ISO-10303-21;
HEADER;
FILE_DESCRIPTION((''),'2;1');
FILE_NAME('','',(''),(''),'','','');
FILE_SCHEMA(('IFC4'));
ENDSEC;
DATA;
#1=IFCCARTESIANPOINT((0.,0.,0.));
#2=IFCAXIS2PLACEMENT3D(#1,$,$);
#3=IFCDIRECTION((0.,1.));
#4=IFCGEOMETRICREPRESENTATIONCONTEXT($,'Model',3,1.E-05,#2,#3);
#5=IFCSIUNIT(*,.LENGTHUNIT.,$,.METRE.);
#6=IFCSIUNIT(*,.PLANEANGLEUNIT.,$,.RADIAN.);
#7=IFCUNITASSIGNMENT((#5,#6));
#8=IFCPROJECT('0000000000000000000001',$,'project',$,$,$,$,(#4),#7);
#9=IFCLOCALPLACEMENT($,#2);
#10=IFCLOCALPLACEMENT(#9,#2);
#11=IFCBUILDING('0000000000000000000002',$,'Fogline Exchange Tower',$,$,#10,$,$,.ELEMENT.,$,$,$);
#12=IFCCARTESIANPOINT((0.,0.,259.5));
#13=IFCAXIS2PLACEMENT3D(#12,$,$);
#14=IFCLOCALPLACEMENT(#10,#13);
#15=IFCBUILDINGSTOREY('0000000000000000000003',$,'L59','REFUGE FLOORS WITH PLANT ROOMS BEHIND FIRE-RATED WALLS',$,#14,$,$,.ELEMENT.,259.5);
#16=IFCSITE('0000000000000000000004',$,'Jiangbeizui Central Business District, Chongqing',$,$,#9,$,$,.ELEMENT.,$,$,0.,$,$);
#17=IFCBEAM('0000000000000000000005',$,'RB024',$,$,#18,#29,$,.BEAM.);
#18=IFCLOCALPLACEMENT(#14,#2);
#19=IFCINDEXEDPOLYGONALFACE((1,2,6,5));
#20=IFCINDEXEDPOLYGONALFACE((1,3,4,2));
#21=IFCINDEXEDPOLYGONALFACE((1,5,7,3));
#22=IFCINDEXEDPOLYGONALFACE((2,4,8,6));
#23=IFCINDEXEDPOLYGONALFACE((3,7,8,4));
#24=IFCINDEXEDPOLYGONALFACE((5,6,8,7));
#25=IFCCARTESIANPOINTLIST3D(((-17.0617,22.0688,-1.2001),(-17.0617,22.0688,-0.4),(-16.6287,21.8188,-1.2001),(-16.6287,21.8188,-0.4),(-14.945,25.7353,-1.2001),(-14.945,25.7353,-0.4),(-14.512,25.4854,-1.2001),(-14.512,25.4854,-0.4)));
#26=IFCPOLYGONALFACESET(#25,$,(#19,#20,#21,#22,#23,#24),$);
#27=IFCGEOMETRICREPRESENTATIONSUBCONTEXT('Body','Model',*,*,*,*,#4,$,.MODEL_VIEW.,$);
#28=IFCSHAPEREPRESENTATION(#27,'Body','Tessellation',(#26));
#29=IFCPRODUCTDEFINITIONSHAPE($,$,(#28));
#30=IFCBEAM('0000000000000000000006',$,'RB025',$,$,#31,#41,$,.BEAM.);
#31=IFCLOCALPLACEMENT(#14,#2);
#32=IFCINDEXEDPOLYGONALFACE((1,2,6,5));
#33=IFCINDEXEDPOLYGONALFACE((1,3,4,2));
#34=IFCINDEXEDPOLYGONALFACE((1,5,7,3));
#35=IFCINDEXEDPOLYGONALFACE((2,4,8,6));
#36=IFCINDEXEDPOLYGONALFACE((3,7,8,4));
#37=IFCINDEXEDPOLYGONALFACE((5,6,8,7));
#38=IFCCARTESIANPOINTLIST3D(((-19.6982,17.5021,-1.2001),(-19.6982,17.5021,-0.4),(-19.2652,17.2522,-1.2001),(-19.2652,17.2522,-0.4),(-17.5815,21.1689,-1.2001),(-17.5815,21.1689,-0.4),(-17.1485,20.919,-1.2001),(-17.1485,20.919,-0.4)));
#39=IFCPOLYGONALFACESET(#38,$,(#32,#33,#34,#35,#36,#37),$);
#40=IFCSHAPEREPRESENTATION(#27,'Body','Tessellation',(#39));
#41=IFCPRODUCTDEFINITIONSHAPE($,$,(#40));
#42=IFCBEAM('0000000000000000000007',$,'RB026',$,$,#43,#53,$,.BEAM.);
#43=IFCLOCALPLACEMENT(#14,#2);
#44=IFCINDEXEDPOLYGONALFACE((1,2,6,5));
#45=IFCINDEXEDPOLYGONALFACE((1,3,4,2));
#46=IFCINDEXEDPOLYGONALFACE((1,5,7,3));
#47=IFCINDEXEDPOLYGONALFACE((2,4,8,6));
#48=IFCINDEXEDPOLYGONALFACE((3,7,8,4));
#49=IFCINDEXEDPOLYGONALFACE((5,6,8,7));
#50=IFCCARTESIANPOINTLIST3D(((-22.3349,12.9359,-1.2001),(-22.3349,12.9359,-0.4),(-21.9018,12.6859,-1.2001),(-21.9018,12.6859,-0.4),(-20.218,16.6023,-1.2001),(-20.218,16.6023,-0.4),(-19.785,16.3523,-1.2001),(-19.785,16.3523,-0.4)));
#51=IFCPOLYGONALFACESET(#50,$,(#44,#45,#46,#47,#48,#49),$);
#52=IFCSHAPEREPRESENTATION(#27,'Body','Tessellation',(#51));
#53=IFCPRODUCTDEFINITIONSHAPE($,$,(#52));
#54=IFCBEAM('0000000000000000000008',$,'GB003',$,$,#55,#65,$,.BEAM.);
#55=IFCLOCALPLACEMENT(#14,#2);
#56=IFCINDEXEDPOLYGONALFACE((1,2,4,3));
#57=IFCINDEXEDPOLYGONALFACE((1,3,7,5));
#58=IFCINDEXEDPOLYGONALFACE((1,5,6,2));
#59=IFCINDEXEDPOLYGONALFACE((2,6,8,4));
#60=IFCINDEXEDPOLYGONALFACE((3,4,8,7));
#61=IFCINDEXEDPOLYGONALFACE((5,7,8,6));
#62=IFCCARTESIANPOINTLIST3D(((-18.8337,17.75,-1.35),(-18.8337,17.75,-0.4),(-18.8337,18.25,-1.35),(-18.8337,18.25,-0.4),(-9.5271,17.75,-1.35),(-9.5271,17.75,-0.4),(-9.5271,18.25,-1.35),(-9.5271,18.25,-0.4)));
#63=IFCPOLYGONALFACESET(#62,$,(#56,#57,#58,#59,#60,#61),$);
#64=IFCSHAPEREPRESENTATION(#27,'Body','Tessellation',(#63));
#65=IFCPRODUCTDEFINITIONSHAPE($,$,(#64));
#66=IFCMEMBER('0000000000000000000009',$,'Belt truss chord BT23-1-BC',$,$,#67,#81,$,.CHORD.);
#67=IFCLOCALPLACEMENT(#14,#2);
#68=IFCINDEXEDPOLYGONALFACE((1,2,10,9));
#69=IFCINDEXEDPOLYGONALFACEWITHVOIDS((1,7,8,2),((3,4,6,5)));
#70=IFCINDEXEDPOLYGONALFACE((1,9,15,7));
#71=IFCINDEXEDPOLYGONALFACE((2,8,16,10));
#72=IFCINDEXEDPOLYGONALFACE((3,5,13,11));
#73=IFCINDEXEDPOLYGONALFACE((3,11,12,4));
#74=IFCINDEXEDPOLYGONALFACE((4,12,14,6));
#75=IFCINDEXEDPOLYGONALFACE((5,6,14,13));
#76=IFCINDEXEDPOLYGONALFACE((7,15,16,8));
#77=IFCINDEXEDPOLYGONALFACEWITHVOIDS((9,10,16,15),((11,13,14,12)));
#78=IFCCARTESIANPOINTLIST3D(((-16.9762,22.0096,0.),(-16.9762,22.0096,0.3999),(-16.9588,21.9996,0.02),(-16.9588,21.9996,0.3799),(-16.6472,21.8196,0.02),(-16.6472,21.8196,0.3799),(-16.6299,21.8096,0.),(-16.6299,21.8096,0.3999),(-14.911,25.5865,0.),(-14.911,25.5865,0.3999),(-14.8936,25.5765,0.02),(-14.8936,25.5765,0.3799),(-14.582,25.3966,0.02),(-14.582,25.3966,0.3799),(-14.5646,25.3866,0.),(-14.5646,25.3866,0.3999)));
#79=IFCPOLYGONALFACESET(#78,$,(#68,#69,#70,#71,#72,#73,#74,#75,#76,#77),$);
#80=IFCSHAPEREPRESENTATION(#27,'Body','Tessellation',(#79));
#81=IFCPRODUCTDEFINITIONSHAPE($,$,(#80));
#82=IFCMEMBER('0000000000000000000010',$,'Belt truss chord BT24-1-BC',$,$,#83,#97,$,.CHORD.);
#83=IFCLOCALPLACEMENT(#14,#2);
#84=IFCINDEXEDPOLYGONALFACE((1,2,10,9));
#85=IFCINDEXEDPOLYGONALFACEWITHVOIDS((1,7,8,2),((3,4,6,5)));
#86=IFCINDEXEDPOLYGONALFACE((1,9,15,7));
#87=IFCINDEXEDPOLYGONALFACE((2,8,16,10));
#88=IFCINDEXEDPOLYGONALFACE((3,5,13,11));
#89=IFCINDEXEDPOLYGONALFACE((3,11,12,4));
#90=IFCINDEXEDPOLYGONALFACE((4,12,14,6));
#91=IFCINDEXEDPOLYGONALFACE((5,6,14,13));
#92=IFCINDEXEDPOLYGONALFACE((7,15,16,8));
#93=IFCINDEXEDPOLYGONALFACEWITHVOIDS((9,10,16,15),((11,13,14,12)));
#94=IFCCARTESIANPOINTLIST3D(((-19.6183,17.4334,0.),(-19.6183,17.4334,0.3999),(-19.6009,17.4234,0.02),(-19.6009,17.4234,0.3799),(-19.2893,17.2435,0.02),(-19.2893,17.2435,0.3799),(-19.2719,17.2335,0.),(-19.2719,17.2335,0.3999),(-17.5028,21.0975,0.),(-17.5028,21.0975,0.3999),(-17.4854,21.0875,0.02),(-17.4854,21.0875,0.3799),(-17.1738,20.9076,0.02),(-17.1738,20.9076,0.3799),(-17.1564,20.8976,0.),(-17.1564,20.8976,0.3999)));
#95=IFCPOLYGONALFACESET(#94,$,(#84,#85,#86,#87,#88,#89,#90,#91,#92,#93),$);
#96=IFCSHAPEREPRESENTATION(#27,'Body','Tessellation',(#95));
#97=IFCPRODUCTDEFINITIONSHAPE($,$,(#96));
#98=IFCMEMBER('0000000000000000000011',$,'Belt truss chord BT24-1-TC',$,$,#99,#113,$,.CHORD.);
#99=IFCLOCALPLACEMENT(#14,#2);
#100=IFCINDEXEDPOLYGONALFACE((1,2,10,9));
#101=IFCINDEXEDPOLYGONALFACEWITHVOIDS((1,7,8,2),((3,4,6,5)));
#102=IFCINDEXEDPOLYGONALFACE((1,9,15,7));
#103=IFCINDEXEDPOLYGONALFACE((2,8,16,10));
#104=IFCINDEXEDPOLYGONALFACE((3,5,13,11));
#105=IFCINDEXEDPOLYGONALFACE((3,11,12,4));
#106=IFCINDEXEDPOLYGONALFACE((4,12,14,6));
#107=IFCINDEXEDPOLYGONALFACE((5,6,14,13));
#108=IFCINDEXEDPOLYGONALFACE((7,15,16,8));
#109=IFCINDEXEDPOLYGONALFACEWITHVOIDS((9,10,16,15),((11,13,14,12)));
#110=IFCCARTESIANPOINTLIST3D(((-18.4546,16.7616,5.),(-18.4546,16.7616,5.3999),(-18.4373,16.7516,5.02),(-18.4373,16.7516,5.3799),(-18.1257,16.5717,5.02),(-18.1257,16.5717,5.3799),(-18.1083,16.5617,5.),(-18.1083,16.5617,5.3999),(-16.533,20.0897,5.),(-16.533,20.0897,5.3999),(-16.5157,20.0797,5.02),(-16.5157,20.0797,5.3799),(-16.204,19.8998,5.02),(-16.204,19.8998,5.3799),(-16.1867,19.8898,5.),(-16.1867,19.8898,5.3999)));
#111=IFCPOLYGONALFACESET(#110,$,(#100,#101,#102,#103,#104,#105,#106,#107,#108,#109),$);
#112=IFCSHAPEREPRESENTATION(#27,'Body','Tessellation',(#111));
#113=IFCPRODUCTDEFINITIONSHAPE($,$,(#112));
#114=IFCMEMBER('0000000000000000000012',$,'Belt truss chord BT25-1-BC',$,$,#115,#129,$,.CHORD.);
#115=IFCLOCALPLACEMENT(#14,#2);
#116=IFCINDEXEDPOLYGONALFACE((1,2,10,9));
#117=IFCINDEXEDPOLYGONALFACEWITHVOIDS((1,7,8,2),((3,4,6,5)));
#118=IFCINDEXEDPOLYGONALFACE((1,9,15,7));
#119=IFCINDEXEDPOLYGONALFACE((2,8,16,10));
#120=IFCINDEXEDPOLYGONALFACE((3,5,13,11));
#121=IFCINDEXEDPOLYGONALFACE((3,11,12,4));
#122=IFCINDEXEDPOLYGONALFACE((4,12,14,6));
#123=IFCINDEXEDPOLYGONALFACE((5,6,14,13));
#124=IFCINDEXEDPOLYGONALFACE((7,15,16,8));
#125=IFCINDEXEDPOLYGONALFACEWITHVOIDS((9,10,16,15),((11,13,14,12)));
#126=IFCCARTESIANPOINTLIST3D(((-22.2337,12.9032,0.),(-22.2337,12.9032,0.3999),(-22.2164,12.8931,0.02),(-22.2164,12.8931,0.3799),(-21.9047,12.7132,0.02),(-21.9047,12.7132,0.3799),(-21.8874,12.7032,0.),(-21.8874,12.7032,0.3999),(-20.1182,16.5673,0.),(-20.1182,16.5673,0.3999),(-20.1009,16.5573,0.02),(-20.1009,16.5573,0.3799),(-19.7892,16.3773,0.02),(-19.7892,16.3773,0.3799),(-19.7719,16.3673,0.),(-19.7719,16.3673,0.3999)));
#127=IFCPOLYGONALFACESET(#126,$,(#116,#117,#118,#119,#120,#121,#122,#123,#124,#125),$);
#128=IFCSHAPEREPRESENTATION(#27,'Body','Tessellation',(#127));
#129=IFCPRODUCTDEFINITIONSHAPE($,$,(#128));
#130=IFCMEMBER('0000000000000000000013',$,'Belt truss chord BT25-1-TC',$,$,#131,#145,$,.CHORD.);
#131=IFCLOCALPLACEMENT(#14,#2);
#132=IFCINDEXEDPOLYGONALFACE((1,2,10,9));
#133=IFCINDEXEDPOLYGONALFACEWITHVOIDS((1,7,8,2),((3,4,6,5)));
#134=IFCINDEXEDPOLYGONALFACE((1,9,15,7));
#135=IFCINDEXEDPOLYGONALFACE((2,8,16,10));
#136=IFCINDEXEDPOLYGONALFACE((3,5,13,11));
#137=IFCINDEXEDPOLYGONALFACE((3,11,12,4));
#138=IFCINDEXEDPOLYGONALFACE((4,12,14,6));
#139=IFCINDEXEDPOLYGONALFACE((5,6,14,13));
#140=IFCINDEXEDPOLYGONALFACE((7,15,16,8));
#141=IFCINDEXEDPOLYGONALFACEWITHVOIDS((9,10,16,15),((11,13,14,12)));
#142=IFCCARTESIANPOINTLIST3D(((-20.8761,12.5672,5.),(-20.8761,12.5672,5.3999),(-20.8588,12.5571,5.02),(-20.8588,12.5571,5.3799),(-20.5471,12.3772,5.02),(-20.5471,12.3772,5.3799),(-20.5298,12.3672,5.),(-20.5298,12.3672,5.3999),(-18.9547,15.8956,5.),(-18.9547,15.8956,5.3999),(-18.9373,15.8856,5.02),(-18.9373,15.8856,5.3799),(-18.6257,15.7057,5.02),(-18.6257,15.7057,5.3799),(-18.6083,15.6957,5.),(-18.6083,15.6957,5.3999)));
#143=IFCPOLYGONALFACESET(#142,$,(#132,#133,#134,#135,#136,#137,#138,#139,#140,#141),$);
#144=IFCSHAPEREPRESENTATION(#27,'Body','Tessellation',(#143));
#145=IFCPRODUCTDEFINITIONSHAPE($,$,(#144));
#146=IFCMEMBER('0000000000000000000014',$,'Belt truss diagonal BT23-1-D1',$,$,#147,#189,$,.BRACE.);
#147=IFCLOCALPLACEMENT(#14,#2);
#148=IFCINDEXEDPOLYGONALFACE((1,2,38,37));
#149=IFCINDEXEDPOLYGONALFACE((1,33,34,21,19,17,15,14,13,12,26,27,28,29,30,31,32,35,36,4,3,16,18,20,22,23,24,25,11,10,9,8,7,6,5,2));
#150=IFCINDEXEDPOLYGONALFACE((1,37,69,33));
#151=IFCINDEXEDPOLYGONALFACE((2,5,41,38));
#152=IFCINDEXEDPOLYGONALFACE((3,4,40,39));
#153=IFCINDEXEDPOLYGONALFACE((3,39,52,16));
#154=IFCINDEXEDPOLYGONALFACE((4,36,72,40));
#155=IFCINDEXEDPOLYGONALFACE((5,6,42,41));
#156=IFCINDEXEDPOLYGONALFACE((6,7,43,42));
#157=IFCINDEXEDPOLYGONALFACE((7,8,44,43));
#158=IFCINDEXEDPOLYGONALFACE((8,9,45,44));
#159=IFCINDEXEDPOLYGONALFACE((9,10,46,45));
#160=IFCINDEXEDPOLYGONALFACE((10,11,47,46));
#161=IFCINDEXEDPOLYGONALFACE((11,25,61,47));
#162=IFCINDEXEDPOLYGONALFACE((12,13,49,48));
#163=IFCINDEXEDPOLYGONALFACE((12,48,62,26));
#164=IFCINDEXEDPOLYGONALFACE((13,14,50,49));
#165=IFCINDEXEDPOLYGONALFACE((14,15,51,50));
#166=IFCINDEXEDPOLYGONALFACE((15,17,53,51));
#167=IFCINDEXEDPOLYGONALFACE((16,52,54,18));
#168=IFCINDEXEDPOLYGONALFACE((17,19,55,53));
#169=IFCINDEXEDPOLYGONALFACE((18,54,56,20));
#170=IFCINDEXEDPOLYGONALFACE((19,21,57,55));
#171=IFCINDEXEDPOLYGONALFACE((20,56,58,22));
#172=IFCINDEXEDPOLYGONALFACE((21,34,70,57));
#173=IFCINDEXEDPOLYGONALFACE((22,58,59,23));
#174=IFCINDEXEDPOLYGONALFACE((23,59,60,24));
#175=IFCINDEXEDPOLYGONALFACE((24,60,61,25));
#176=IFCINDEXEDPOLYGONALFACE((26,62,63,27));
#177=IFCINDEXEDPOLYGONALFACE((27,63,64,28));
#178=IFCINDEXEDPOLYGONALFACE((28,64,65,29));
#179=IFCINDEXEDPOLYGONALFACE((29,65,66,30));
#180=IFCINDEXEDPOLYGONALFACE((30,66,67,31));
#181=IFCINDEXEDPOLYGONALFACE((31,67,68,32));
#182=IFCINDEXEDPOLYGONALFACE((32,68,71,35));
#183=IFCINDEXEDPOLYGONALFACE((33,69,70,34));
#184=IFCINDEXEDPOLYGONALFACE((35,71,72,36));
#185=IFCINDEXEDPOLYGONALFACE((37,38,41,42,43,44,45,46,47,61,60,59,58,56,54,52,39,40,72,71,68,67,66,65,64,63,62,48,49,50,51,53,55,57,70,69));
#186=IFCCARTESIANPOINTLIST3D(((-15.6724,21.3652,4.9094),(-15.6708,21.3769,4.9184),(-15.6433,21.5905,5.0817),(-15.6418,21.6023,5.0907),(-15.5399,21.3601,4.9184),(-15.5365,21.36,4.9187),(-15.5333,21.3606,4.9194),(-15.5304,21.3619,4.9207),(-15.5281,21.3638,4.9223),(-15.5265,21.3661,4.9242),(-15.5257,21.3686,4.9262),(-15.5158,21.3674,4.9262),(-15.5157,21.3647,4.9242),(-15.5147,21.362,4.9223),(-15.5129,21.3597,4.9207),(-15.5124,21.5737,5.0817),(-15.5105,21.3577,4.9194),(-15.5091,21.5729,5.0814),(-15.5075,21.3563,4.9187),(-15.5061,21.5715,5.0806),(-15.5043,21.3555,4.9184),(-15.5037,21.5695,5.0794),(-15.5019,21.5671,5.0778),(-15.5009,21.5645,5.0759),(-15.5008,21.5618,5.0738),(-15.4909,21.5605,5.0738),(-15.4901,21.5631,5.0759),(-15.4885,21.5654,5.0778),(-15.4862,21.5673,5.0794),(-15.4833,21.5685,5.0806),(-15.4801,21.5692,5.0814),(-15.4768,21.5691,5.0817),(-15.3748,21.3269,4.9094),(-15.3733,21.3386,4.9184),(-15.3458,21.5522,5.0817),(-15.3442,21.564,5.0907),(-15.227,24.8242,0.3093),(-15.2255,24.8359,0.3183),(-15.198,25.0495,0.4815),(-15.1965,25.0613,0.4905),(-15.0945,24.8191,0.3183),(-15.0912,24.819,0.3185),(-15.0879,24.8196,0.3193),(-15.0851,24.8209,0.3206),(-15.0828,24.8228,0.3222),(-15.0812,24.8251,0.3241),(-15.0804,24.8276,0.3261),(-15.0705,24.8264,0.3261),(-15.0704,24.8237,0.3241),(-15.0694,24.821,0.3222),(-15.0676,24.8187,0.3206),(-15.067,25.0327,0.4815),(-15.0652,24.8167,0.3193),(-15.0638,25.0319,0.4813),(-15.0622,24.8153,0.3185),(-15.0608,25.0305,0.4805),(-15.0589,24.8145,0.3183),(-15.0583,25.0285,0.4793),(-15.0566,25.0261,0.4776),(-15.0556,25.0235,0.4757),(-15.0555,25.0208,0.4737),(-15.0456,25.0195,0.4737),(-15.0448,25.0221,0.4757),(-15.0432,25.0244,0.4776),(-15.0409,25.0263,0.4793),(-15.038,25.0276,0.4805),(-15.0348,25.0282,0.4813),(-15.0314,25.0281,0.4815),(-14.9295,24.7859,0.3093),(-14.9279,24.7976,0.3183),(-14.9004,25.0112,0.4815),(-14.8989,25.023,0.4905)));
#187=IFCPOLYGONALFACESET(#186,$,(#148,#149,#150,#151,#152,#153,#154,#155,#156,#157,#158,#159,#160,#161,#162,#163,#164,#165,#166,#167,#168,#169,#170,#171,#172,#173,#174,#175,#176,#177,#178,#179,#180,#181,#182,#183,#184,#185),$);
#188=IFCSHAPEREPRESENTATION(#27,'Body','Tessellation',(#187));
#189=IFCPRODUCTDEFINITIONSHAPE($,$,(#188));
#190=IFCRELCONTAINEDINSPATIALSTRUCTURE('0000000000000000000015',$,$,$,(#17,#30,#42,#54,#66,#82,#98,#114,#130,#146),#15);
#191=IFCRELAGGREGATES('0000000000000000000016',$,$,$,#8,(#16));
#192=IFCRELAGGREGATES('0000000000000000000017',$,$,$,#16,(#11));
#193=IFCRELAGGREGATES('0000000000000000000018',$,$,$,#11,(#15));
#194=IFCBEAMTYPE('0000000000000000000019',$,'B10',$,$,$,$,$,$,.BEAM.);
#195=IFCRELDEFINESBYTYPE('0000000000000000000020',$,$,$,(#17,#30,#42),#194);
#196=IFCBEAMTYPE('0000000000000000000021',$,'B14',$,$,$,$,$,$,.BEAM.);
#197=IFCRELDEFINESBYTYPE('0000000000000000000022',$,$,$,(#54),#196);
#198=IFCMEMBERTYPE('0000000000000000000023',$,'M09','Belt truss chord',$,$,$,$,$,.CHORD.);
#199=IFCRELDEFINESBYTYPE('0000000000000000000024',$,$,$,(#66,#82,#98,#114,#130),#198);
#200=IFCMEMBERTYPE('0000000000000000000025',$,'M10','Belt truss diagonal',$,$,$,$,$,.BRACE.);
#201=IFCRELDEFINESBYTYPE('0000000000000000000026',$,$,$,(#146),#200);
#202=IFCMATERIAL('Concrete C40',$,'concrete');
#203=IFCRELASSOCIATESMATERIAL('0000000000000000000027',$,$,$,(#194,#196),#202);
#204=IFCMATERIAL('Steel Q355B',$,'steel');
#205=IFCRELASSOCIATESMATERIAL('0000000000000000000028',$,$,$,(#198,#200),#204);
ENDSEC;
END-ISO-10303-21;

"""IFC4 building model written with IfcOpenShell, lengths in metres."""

from ifc_helpers import new_model, si_unit, direction, frame, origin, origin_2d, place, context, subcontext, project, spatial, rectangle, hollow_rectangle, i_section, extrude, material, material_profile, profile_set, type_object, element, save


model = new_model("IFC4")

# Units and contexts
model_context = context("Model", 3, precision=1e-05, world=origin(), true_north=direction((0.0, 1.0)))
body_context = subcontext(model_context, "Body", "Model", "MODEL_VIEW")
ifc_project = project(units=[si_unit("LENGTHUNIT", "METRE"), si_unit("PLANEANGLEUNIT", "RADIAN")], contexts=[model_context])

# Site, building, storey
site_placement = place(None, origin())
site = spatial("IfcSite", under=ifc_project, at=site_placement, Name="Jiangbeizui Central Business District, Chongqing", CompositionType="ELEMENT", RefElevation=0.0)
building_placement = place(site_placement, origin())
building = spatial("IfcBuilding", under=site, at=building_placement, Name="Fogline Exchange Tower", CompositionType="ELEMENT")
storey_placement = place(building_placement, frame((0.0, 0.0, 259.5)))
storey = spatial("IfcBuildingStorey", under=building, at=storey_placement, Name="L59", Description="REFUGE FLOORS WITH PLANT ROOMS BEHIND FIRE-RATED WALLS", CompositionType="ELEMENT", Elevation=259.5)

# Beams
ifc_material_1 = material(Name="Concrete C40", Category="concrete")
ifc_material_profile_1 = material_profile(ifc_material_1, rectangle(XDim=0.5, YDim=0.8, at=origin_2d()), Name="RC 500x800")
ifc_profile_set_1 = profile_set([ifc_material_profile_1], Name="Concrete C40")
beam_type_1 = type_object("IfcBeamType", Name="B10", PredefinedType="BEAM", material=ifc_profile_set_1)
beam_1_placement = place(storey_placement, frame((-14.7285, 25.6104, -0.8), z_axis=(-0.499972, -0.866042, 0.0), x_axis=(0.866042, -0.499972, 0.0)))
element("IfcBeam", 1, at=beam_1_placement, inside=storey, type_object=beam_type_1, Name="RB024", PredefinedType="BEAM", context=body_context, shape_type="SweptSolid", body=[
    extrude(rectangle(XDim=0.5, YDim=0.8, at=origin_2d()), origin(), (0.0, 0.0, 1.0), 4.2336),
])
beam_2_placement = place(storey_placement, frame((-17.365, 21.0439, -0.8), z_axis=(-0.499947, -0.866056, 0.0), x_axis=(0.866056, -0.499947, 0.0)))
element("IfcBeam", 2, at=beam_2_placement, inside=storey, type_object=beam_type_1, Name="RB025", PredefinedType="BEAM", context=body_context, shape_type="SweptSolid", body=[
    extrude(rectangle(XDim=0.5, YDim=0.8, at=origin_2d()), origin(), (0.0, 0.0, 1.0), 4.2339),
])
beam_3_placement = place(storey_placement, frame((-20.0015, 16.4773, -0.8), z_axis=(-0.500015, -0.866017, 0.0), x_axis=(0.866017, -0.500015, 0.0)))
element("IfcBeam", 3, at=beam_3_placement, inside=storey, type_object=beam_type_1, Name="RB026", PredefinedType="BEAM", context=body_context, shape_type="SweptSolid", body=[
    extrude(rectangle(XDim=0.5, YDim=0.8, at=origin_2d()), origin(), (0.0, 0.0, 1.0), 4.2336),
])
ifc_material_profile_2 = material_profile(ifc_material_1, rectangle(XDim=0.5, YDim=0.95, at=origin_2d()), Name="RC 500x950")
ifc_profile_set_2 = profile_set([ifc_material_profile_2], Name="Concrete C40")
beam_type_2 = type_object("IfcBeamType", Name="B14", PredefinedType="BEAM", material=ifc_profile_set_2)
beam_4_placement = place(storey_placement, frame((-18.8337, 18.0, -0.875), z_axis=(1.0, 0.0, 0.0), x_axis=(0.0, 1.0, 0.0)))
element("IfcBeam", 4, at=beam_4_placement, inside=storey, type_object=beam_type_2, Name="GB003", PredefinedType="BEAM", context=body_context, shape_type="SweptSolid", body=[
    extrude(rectangle(XDim=0.5, YDim=0.95, at=origin_2d()), origin(), (0.0, 0.0, 1.0), 9.3066),
])

# Members
ifc_material_2 = material(Name="Steel Q355B", Category="steel")
ifc_material_profile_3 = material_profile(ifc_material_2, hollow_rectangle(XDim=0.3999, YDim=0.3999, WallThickness=0.02, at=origin_2d()), Name="BOX400X400X20")
ifc_profile_set_3 = profile_set([ifc_material_profile_3], Name="Steel Q355B")
member_type_1 = type_object("IfcMemberType", Name="M09", Description="Belt truss chord", PredefinedType="CHORD", material=ifc_profile_set_3)
member_1_placement = place(storey_placement, frame((-14.7378, 25.4866, 0.2), z_axis=(-0.500011, -0.866019, 0.0), x_axis=(0.866019, -0.500011, 0.0)))
element("IfcMember", 5, at=member_1_placement, inside=storey, type_object=member_type_1, Name="Belt truss chord BT23-1-BC", PredefinedType="CHORD", context=body_context, shape_type="SweptSolid", body=[
    extrude(hollow_rectangle(XDim=0.3999, YDim=0.3999, WallThickness=0.02, at=origin_2d()), origin(), (0.0, 0.0, 1.0), 4.1304),
])
member_2_placement = place(storey_placement, frame((-17.3296, 20.9976, 0.2), z_axis=(-0.500006, -0.866022, 0.0), x_axis=(0.866022, -0.500006, 0.0)))
element("IfcMember", 6, at=member_2_placement, inside=storey, type_object=member_type_1, Name="Belt truss chord BT24-1-BC", PredefinedType="CHORD", context=body_context, shape_type="SweptSolid", body=[
    extrude(hollow_rectangle(XDim=0.3999, YDim=0.3999, WallThickness=0.02, at=origin_2d()), origin(), (0.0, 0.0, 1.0), 4.231),
])
member_3_placement = place(storey_placement, frame((-16.3599, 19.9897, 5.2), z_axis=(-0.500027, -0.86601, 0.0), x_axis=(0.86601, -0.500027, 0.0)))
element("IfcMember", 7, at=member_3_placement, inside=storey, type_object=member_type_1, Name="Belt truss chord BT24-1-TC", PredefinedType="CHORD", context=body_context, shape_type="SweptSolid", body=[
    extrude(hollow_rectangle(XDim=0.3999, YDim=0.3999, WallThickness=0.02, at=origin_2d()), origin(), (0.0, 0.0, 1.0), 3.843),
])
member_4_placement = place(storey_placement, frame((-19.9451, 16.4673, 0.2), z_axis=(-0.500006, -0.866022, 0.0), x_axis=(0.866022, -0.500006, 0.0)))
element("IfcMember", 8, at=member_4_placement, inside=storey, type_object=member_type_1, Name="Belt truss chord BT25-1-BC", PredefinedType="CHORD", context=body_context, shape_type="SweptSolid", body=[
    extrude(hollow_rectangle(XDim=0.3999, YDim=0.3999, WallThickness=0.02, at=origin_2d()), origin(), (0.0, 0.0, 1.0), 4.231),
])
member_5_placement = place(storey_placement, frame((-18.7815, 15.7957, 5.2), z_axis=(-0.499952, -0.866053, 0.0), x_axis=(0.866053, -0.499952, 0.0)))
element("IfcMember", 9, at=member_5_placement, inside=storey, type_object=member_type_1, Name="Belt truss chord BT25-1-TC", PredefinedType="CHORD", context=body_context, shape_type="SweptSolid", body=[
    extrude(hollow_rectangle(XDim=0.3999, YDim=0.3999, WallThickness=0.02, at=origin_2d()), origin(), (0.0, 0.0, 1.0), 3.8433),
])
ifc_material_profile_4 = material_profile(ifc_material_2, i_section(OverallWidth=0.3, OverallDepth=0.3, WebThickness=0.01, FlangeThickness=0.0149, FilletRadius=0.0129, at=origin_2d()), Name="HW300X300X10X15")
ifc_profile_set_4 = profile_set([ifc_material_profile_4], Name="Steel Q355B")
member_type_2 = type_object("IfcMemberType", Name="M10", Description="Belt truss diagonal", PredefinedType="BRACE", material=ifc_profile_set_4)
member_6_placement = place(storey_placement, frame((-15.063, 24.9236, 0.3999), z_axis=(-0.077141, -0.5992, 0.796875), x_axis=(0.991815, -0.127687, 0.0)))
element("IfcMember", 10, at=member_6_placement, inside=storey, type_object=member_type_2, Name="Belt truss diagonal BT23-1-D1", PredefinedType="BRACE", context=body_context, shape_type="SweptSolid", body=[
    extrude(i_section(OverallWidth=0.3, OverallDepth=0.3, WebThickness=0.01, FlangeThickness=0.0149, FilletRadius=0.0129, at=origin_2d()), origin(), (0.0, 0.0, 1.0), 5.7727),
])

save(model, "model.ifc")
